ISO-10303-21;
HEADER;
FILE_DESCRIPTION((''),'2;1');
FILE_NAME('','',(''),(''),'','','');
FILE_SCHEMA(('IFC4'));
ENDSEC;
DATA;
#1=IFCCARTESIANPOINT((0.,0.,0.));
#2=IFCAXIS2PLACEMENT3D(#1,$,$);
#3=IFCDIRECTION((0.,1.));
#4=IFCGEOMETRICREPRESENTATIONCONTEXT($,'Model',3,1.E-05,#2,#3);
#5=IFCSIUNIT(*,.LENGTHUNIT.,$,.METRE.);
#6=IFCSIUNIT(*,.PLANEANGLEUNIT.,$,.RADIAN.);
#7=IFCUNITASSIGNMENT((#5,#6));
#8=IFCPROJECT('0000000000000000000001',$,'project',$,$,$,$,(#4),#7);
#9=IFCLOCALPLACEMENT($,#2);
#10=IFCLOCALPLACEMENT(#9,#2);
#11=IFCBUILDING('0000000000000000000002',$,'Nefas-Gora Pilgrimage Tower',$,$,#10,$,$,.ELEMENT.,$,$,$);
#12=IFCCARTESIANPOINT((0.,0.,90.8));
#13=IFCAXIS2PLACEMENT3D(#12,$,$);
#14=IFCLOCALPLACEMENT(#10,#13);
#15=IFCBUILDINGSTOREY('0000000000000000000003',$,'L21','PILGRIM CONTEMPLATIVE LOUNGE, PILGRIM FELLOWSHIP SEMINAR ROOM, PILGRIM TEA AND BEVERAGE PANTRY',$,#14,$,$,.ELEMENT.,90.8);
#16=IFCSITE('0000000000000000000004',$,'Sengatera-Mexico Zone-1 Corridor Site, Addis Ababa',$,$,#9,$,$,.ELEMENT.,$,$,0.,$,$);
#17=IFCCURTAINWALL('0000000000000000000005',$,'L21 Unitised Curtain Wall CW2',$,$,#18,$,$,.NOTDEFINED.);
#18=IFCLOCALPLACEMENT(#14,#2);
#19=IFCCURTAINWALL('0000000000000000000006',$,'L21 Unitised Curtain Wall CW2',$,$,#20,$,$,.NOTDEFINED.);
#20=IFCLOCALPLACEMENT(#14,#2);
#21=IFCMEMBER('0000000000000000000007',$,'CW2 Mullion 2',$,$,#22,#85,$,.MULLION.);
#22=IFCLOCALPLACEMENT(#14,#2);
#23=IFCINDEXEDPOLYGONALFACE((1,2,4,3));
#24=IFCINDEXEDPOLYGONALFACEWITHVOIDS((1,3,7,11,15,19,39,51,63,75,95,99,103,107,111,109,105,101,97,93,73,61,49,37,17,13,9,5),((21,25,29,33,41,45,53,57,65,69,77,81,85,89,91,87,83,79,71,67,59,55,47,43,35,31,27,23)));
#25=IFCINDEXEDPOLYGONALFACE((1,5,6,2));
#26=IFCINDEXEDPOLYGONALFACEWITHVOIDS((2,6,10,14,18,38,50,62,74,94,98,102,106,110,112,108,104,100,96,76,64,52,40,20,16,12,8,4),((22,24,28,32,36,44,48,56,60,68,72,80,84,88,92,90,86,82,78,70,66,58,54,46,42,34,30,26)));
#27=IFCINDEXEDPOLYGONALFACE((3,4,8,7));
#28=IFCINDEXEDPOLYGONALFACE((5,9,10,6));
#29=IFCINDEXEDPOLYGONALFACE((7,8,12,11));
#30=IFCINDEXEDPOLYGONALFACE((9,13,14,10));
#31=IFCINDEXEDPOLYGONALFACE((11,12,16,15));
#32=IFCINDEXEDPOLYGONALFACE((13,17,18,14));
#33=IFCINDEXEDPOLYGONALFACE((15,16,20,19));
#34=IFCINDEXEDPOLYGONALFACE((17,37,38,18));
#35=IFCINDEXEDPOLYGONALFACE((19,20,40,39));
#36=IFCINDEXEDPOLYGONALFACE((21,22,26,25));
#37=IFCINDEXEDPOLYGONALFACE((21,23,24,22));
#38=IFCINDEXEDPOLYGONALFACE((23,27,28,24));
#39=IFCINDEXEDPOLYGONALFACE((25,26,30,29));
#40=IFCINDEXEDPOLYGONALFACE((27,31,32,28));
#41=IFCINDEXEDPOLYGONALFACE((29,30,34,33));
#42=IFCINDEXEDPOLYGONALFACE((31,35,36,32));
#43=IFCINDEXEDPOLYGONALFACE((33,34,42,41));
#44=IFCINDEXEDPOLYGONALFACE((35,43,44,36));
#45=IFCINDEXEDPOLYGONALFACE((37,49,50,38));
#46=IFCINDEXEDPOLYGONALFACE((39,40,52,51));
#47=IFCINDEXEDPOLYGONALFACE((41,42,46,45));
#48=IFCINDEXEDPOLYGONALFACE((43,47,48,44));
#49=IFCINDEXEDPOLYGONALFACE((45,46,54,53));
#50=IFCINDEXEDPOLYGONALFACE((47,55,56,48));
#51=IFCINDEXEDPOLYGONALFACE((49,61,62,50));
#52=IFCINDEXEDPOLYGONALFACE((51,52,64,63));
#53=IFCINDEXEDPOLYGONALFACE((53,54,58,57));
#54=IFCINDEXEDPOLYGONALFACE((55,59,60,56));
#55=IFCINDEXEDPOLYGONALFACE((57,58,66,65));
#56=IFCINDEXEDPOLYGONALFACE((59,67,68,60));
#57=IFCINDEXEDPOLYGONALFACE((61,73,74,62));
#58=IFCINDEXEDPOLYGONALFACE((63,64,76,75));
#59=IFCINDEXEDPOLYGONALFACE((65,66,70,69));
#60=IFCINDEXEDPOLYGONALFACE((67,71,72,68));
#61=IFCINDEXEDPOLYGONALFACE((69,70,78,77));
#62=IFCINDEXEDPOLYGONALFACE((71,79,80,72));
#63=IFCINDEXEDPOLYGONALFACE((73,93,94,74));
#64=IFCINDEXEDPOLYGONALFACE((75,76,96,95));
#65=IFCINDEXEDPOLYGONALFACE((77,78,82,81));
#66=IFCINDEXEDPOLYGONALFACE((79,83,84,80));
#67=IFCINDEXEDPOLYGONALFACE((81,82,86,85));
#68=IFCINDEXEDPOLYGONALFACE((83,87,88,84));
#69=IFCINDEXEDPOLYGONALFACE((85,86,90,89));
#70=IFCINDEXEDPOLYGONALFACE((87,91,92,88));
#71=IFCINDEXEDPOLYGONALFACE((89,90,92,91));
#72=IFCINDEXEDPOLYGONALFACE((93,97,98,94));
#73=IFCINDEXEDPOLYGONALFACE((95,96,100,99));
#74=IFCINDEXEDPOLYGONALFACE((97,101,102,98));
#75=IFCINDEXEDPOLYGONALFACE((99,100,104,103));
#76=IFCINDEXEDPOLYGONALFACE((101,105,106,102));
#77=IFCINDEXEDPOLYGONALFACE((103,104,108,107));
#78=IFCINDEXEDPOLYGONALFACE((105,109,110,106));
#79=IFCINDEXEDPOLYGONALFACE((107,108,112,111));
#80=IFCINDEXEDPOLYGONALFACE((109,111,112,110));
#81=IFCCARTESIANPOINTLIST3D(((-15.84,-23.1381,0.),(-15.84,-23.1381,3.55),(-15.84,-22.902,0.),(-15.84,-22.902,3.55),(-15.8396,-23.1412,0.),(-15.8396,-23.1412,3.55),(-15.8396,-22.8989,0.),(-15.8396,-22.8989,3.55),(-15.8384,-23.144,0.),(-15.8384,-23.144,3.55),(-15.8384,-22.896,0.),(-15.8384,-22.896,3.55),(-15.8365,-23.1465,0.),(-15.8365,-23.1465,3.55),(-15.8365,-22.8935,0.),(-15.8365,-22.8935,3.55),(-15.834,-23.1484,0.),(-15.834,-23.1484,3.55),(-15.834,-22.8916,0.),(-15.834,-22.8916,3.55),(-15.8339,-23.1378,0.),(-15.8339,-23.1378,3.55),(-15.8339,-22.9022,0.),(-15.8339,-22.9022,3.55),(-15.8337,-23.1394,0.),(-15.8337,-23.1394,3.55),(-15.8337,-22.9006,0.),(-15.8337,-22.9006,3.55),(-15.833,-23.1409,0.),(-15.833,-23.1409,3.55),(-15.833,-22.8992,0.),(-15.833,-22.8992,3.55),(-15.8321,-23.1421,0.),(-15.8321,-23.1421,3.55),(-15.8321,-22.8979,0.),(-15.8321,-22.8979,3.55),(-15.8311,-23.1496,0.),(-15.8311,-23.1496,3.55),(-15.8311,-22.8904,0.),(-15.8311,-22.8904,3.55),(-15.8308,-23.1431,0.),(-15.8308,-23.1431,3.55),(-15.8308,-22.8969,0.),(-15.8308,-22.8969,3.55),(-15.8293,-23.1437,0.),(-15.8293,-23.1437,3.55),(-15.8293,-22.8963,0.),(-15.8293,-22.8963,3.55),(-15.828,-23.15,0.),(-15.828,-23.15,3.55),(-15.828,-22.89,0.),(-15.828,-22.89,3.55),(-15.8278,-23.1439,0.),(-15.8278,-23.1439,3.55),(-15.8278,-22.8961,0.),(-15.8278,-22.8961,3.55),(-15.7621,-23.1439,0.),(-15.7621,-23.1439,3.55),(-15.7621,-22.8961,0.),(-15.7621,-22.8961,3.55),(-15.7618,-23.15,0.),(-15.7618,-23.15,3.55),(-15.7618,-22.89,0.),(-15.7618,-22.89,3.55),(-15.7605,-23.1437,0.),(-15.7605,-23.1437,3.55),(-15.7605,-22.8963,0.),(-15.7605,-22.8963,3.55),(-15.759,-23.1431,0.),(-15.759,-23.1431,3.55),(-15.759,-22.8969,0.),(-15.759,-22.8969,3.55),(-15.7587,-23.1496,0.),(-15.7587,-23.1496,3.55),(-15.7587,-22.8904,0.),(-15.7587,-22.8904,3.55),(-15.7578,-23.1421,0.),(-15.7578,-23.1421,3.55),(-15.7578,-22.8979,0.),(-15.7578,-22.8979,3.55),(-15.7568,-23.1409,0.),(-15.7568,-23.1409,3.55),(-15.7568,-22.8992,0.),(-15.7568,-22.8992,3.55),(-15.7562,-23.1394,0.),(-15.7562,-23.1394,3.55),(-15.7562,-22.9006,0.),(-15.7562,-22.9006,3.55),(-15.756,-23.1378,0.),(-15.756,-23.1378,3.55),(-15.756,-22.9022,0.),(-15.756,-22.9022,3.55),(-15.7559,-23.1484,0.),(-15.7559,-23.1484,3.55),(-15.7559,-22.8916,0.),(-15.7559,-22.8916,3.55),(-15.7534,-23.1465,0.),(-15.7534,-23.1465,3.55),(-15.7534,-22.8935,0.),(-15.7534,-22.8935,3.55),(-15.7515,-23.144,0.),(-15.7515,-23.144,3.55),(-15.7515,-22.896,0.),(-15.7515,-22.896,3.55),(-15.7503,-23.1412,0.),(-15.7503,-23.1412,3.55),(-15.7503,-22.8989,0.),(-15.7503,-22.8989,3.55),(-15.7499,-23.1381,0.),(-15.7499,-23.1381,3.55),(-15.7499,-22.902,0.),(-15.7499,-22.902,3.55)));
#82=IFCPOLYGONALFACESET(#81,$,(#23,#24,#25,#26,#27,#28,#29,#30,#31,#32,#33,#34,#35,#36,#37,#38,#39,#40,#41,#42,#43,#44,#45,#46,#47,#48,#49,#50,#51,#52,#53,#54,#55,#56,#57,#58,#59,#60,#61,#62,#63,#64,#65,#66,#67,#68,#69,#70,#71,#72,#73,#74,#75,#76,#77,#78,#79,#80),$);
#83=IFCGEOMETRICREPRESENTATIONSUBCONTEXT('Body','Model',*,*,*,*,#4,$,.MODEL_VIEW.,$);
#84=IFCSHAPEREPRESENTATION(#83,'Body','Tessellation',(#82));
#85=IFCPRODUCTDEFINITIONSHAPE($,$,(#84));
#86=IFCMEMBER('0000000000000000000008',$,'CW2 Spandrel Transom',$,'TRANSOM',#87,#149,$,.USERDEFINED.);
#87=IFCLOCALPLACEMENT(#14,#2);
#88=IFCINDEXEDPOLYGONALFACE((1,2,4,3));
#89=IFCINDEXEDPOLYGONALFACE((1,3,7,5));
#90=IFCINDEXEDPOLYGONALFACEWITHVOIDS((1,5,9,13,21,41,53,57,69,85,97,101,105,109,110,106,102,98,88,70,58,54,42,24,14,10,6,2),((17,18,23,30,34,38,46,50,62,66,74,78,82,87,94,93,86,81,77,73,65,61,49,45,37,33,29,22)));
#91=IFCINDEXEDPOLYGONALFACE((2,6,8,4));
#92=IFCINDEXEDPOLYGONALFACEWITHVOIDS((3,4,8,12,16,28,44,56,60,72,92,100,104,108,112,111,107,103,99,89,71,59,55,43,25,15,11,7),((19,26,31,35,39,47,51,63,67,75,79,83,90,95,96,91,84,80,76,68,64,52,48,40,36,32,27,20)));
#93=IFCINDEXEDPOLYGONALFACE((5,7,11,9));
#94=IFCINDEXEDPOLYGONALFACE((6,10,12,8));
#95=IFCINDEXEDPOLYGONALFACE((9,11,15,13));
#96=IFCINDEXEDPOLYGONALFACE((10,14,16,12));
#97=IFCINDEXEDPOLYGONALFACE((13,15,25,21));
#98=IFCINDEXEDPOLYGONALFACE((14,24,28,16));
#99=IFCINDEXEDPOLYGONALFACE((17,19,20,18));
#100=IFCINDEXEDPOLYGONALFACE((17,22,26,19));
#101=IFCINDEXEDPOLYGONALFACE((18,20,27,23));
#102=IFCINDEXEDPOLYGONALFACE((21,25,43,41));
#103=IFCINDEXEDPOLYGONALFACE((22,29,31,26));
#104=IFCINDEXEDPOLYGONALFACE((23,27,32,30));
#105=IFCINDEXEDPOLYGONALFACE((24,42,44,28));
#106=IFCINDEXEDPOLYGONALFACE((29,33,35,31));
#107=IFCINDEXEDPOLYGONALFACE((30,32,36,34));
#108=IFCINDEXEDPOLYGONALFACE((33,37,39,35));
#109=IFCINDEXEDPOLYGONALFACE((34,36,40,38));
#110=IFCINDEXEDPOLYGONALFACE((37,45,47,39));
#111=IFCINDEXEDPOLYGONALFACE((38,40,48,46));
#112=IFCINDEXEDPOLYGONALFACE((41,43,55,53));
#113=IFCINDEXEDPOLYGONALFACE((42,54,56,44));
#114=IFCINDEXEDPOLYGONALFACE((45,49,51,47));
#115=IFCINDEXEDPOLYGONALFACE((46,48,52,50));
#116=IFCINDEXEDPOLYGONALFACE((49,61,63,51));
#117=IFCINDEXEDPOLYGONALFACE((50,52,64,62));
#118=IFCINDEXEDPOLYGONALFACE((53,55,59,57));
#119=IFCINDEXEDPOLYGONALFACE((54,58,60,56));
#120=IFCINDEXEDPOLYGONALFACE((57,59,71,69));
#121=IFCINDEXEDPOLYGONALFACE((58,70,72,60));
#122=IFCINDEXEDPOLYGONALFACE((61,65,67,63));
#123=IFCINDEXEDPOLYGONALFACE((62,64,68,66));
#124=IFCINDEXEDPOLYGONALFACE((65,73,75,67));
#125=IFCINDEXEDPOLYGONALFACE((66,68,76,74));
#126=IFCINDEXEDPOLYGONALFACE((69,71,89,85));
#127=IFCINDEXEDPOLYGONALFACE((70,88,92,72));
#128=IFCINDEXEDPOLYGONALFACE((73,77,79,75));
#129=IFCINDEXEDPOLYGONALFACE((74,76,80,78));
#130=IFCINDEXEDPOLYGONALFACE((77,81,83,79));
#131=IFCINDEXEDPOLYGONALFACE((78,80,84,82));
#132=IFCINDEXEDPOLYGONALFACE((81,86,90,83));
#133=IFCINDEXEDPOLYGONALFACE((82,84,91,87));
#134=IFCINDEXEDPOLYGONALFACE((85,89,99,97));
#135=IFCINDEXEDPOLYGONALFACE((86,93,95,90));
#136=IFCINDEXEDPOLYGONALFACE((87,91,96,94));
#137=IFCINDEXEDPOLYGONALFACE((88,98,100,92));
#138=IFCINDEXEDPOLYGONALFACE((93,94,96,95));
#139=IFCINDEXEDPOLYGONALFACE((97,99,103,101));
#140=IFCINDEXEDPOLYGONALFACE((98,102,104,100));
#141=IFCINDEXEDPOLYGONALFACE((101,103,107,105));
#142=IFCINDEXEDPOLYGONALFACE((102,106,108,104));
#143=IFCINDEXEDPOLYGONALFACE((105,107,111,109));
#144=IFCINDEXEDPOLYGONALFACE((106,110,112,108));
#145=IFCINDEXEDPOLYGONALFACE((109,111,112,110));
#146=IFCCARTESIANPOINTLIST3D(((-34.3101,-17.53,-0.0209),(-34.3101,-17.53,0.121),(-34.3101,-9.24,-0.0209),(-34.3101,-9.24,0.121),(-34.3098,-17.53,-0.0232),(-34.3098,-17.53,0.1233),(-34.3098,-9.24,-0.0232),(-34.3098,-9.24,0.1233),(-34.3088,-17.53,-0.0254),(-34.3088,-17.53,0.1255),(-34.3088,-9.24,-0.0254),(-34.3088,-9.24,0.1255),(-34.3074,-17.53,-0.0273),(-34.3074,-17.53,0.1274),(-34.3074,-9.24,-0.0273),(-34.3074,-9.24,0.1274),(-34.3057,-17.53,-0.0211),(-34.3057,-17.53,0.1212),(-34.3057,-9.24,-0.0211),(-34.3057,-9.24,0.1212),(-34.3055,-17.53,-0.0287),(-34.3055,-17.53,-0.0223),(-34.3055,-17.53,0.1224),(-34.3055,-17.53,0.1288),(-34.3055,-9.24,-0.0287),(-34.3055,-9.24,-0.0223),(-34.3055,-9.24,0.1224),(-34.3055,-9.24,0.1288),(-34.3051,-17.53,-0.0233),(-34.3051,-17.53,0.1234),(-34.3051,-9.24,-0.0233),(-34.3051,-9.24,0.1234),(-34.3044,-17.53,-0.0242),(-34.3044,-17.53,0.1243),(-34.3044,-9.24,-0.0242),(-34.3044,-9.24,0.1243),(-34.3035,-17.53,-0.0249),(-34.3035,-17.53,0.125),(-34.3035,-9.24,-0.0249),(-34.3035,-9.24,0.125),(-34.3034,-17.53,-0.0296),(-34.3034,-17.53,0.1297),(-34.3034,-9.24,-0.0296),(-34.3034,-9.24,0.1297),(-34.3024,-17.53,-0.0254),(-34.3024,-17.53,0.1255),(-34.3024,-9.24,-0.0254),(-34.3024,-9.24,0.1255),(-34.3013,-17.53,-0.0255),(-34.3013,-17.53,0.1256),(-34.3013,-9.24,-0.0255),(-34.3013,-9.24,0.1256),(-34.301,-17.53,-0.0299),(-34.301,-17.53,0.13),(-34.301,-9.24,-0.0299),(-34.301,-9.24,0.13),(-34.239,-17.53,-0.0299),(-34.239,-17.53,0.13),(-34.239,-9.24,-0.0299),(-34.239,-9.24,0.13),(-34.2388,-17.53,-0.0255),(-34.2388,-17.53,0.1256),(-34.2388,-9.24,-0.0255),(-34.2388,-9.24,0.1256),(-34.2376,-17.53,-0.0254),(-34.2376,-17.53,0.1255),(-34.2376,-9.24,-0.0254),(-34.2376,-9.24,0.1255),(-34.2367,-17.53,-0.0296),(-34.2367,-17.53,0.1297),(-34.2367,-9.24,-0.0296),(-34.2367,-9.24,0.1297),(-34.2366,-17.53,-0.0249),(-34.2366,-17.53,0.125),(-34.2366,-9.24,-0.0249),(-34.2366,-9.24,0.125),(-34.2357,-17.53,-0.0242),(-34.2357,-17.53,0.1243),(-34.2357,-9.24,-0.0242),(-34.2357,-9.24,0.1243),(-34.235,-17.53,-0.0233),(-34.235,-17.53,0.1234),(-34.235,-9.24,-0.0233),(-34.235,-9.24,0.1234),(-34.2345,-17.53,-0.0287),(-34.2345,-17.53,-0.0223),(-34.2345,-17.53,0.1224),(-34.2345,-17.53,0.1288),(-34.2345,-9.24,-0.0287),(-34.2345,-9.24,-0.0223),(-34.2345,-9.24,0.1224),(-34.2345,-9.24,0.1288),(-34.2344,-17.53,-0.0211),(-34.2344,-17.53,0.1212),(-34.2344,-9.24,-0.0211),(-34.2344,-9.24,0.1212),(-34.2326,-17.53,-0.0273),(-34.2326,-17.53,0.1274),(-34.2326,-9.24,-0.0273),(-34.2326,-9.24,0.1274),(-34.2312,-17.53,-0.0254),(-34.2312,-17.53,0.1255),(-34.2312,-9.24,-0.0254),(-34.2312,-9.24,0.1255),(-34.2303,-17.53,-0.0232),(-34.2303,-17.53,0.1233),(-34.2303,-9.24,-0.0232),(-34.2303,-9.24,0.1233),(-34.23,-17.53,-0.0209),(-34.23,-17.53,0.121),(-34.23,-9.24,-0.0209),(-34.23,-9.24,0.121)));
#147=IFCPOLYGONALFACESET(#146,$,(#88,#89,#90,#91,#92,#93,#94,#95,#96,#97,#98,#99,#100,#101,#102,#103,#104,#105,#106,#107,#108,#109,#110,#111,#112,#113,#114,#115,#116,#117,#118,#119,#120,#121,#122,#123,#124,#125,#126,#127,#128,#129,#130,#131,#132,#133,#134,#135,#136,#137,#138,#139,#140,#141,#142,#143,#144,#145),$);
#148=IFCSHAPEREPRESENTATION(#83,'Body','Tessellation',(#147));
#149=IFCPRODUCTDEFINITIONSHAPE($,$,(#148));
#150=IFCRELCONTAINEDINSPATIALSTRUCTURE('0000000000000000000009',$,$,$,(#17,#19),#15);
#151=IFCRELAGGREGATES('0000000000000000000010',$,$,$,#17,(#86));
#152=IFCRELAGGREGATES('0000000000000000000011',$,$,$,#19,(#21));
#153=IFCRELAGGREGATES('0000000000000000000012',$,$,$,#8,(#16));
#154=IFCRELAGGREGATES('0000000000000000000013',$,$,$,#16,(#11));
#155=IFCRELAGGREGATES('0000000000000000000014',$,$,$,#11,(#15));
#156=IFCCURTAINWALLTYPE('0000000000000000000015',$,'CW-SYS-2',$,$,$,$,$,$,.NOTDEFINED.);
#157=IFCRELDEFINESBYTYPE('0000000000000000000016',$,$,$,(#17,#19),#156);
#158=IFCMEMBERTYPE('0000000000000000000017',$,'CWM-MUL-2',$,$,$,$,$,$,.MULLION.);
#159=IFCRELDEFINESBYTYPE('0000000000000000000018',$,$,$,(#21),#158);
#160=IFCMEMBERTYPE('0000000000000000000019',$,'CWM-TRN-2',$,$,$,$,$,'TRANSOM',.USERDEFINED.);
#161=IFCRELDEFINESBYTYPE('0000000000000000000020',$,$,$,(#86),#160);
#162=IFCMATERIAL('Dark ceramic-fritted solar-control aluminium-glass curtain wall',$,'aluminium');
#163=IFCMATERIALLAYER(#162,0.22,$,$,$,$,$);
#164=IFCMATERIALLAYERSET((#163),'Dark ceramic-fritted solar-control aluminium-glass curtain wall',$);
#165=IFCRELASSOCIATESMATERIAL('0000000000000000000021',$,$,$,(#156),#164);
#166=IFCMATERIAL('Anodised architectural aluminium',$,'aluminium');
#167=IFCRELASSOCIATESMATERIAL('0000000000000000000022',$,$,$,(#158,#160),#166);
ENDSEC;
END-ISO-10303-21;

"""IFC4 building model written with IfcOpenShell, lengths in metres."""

from ifc_helpers import new_model, si_unit, direction, frame, origin, origin_2d, place, context, subcontext, project, spatial, hollow_rectangle, extrude, source, transform, mapped, material, layer, layer_set, material_profile, profile_set, type_object, element, aggregate, save


model = new_model("IFC4")

# Units and contexts
model_context = context("Model", 3, precision=1e-05, world=origin(), true_north=direction((0.0, 1.0)))
body_context = subcontext(model_context, "Body", "Model", "MODEL_VIEW")
ifc_project = project(units=[si_unit("LENGTHUNIT", "METRE"), si_unit("PLANEANGLEUNIT", "RADIAN")], contexts=[model_context])

# Site, building, storey
site_placement = place(None, origin())
site = spatial("IfcSite", under=ifc_project, at=site_placement, Name="Sengatera-Mexico Zone-1 Corridor Site, Addis Ababa", CompositionType="ELEMENT", RefElevation=0.0)
building_placement = place(site_placement, origin())
building = spatial("IfcBuilding", under=site, at=building_placement, Name="Nefas-Gora Pilgrimage Tower", CompositionType="ELEMENT")
storey_placement = place(building_placement, frame((0.0, 0.0, 90.8)))
storey = spatial("IfcBuildingStorey", under=building, at=storey_placement, Name="L21", Description="PILGRIM CONTEMPLATIVE LOUNGE, PILGRIM FELLOWSHIP SEMINAR ROOM, PILGRIM TEA AND BEVERAGE PANTRY", CompositionType="ELEMENT", Elevation=90.8)

# Shared definitions
ifc_material_1 = material(Name="Dark ceramic-fritted solar-control aluminium-glass curtain wall", Category="aluminium")
ifc_material_2 = material(Name="Anodised architectural aluminium", Category="aluminium")

# Curtain wall
ifc_layer_1 = layer(ifc_material_1, 0.22)
ifc_layer_set_1 = layer_set([ifc_layer_1], Name="Dark ceramic-fritted solar-control aluminium-glass curtain wall")
curtain_wall_type_1 = type_object("IfcCurtainWallType", Name="CW-SYS-2", PredefinedType="NOTDEFINED", material=ifc_layer_set_1)
curtain_wall_1_placement = place(storey_placement, origin())
curtain_wall_1 = element("IfcCurtainWall", 1, at=curtain_wall_1_placement, inside=storey, type_object=curtain_wall_type_1, Name="L21 Unitised Curtain Wall CW2", PredefinedType="NOTDEFINED")
ifc_material_profile_1 = material_profile(ifc_material_2, hollow_rectangle(XDim=0.0901, YDim=0.26, WallThickness=0.0061, InnerFilletRadius=0.0061, OuterFilletRadius=0.012, at=origin_2d()), Name="ALU MULLION 90x260")
ifc_profile_set_1 = profile_set([ifc_material_profile_1], Name="Anodised architectural aluminium")
member_type_1 = type_object("IfcMemberType", Name="CWM-MUL-2", PredefinedType="MULLION", material=ifc_profile_set_1)
shared_shape_1 = source(origin(), body_context, "Body", "SweptSolid", [
    extrude(hollow_rectangle(XDim=0.0901, YDim=0.26, WallThickness=0.0061, InnerFilletRadius=0.0061, OuterFilletRadius=0.012, at=origin_2d()), origin(), (0.0, 0.0, 1.0), 3.55),
])

# Curtain wall, member
curtain_wall_2_placement = place(storey_placement, origin())
curtain_wall_2 = element("IfcCurtainWall", 2, at=curtain_wall_2_placement, inside=storey, type_object=curtain_wall_type_1, Name="L21 Unitised Curtain Wall CW2", PredefinedType="NOTDEFINED")
member_1_placement = place(storey_placement, frame((-15.7949, -23.02, 0.0), z_axis=(0.0, 0.0, 1.0), x_axis=(1.0, 0.0, 0.0)))
member_1 = element("IfcMember", 3, at=member_1_placement, type_object=member_type_1, Name="CW2 Mullion 2", PredefinedType="MULLION", context=body_context, shape_type="MappedRepresentation", body=[
    mapped(shared_shape_1, transform((0.0, 0.0, 0.0), x_axis=(1.0, 0.0, 0.0), y_axis=(0.0, 1.0, 0.0), z_axis=(0.0, 0.0, 1.0), scale=1.0)),
])

# Member
ifc_material_profile_2 = material_profile(ifc_material_2, hollow_rectangle(XDim=0.0801, YDim=0.1599, WallThickness=0.0044, InnerFilletRadius=0.0044, OuterFilletRadius=0.009, at=origin_2d()), Name="ALU TRANSOM 80x160")
ifc_profile_set_2 = profile_set([ifc_material_profile_2], Name="Anodised architectural aluminium")
member_type_2 = type_object("IfcMemberType", Name="CWM-TRN-2", ElementType="TRANSOM", PredefinedType="USERDEFINED", material=ifc_profile_set_2)
shared_shape_2 = source(origin(), body_context, "Body", "SweptSolid", [
    extrude(hollow_rectangle(XDim=0.0801, YDim=0.1599, WallThickness=0.0044, InnerFilletRadius=0.0044, OuterFilletRadius=0.009, at=origin_2d()), origin(), (0.0, 0.0, 1.0), 8.29),
])
member_2_placement = place(storey_placement, frame((-34.27, -9.24, 0.05), z_axis=(0.0, -1.0, 0.0), x_axis=(1.0, 0.0, 0.0)))
member_2 = element("IfcMember", 4, at=member_2_placement, type_object=member_type_2, Name="CW2 Spandrel Transom", ObjectType="TRANSOM", PredefinedType="USERDEFINED", context=body_context, shape_type="MappedRepresentation", body=[
    mapped(shared_shape_2, transform((0.0, 0.0, 0.0), x_axis=(1.0, 0.0, 0.0), y_axis=(0.0, 1.0, 0.0), z_axis=(0.0, 0.0, 1.0), scale=1.0)),
])

aggregate(curtain_wall_1, [member_2])
aggregate(curtain_wall_2, [member_1])

save(model, "model.ifc")
